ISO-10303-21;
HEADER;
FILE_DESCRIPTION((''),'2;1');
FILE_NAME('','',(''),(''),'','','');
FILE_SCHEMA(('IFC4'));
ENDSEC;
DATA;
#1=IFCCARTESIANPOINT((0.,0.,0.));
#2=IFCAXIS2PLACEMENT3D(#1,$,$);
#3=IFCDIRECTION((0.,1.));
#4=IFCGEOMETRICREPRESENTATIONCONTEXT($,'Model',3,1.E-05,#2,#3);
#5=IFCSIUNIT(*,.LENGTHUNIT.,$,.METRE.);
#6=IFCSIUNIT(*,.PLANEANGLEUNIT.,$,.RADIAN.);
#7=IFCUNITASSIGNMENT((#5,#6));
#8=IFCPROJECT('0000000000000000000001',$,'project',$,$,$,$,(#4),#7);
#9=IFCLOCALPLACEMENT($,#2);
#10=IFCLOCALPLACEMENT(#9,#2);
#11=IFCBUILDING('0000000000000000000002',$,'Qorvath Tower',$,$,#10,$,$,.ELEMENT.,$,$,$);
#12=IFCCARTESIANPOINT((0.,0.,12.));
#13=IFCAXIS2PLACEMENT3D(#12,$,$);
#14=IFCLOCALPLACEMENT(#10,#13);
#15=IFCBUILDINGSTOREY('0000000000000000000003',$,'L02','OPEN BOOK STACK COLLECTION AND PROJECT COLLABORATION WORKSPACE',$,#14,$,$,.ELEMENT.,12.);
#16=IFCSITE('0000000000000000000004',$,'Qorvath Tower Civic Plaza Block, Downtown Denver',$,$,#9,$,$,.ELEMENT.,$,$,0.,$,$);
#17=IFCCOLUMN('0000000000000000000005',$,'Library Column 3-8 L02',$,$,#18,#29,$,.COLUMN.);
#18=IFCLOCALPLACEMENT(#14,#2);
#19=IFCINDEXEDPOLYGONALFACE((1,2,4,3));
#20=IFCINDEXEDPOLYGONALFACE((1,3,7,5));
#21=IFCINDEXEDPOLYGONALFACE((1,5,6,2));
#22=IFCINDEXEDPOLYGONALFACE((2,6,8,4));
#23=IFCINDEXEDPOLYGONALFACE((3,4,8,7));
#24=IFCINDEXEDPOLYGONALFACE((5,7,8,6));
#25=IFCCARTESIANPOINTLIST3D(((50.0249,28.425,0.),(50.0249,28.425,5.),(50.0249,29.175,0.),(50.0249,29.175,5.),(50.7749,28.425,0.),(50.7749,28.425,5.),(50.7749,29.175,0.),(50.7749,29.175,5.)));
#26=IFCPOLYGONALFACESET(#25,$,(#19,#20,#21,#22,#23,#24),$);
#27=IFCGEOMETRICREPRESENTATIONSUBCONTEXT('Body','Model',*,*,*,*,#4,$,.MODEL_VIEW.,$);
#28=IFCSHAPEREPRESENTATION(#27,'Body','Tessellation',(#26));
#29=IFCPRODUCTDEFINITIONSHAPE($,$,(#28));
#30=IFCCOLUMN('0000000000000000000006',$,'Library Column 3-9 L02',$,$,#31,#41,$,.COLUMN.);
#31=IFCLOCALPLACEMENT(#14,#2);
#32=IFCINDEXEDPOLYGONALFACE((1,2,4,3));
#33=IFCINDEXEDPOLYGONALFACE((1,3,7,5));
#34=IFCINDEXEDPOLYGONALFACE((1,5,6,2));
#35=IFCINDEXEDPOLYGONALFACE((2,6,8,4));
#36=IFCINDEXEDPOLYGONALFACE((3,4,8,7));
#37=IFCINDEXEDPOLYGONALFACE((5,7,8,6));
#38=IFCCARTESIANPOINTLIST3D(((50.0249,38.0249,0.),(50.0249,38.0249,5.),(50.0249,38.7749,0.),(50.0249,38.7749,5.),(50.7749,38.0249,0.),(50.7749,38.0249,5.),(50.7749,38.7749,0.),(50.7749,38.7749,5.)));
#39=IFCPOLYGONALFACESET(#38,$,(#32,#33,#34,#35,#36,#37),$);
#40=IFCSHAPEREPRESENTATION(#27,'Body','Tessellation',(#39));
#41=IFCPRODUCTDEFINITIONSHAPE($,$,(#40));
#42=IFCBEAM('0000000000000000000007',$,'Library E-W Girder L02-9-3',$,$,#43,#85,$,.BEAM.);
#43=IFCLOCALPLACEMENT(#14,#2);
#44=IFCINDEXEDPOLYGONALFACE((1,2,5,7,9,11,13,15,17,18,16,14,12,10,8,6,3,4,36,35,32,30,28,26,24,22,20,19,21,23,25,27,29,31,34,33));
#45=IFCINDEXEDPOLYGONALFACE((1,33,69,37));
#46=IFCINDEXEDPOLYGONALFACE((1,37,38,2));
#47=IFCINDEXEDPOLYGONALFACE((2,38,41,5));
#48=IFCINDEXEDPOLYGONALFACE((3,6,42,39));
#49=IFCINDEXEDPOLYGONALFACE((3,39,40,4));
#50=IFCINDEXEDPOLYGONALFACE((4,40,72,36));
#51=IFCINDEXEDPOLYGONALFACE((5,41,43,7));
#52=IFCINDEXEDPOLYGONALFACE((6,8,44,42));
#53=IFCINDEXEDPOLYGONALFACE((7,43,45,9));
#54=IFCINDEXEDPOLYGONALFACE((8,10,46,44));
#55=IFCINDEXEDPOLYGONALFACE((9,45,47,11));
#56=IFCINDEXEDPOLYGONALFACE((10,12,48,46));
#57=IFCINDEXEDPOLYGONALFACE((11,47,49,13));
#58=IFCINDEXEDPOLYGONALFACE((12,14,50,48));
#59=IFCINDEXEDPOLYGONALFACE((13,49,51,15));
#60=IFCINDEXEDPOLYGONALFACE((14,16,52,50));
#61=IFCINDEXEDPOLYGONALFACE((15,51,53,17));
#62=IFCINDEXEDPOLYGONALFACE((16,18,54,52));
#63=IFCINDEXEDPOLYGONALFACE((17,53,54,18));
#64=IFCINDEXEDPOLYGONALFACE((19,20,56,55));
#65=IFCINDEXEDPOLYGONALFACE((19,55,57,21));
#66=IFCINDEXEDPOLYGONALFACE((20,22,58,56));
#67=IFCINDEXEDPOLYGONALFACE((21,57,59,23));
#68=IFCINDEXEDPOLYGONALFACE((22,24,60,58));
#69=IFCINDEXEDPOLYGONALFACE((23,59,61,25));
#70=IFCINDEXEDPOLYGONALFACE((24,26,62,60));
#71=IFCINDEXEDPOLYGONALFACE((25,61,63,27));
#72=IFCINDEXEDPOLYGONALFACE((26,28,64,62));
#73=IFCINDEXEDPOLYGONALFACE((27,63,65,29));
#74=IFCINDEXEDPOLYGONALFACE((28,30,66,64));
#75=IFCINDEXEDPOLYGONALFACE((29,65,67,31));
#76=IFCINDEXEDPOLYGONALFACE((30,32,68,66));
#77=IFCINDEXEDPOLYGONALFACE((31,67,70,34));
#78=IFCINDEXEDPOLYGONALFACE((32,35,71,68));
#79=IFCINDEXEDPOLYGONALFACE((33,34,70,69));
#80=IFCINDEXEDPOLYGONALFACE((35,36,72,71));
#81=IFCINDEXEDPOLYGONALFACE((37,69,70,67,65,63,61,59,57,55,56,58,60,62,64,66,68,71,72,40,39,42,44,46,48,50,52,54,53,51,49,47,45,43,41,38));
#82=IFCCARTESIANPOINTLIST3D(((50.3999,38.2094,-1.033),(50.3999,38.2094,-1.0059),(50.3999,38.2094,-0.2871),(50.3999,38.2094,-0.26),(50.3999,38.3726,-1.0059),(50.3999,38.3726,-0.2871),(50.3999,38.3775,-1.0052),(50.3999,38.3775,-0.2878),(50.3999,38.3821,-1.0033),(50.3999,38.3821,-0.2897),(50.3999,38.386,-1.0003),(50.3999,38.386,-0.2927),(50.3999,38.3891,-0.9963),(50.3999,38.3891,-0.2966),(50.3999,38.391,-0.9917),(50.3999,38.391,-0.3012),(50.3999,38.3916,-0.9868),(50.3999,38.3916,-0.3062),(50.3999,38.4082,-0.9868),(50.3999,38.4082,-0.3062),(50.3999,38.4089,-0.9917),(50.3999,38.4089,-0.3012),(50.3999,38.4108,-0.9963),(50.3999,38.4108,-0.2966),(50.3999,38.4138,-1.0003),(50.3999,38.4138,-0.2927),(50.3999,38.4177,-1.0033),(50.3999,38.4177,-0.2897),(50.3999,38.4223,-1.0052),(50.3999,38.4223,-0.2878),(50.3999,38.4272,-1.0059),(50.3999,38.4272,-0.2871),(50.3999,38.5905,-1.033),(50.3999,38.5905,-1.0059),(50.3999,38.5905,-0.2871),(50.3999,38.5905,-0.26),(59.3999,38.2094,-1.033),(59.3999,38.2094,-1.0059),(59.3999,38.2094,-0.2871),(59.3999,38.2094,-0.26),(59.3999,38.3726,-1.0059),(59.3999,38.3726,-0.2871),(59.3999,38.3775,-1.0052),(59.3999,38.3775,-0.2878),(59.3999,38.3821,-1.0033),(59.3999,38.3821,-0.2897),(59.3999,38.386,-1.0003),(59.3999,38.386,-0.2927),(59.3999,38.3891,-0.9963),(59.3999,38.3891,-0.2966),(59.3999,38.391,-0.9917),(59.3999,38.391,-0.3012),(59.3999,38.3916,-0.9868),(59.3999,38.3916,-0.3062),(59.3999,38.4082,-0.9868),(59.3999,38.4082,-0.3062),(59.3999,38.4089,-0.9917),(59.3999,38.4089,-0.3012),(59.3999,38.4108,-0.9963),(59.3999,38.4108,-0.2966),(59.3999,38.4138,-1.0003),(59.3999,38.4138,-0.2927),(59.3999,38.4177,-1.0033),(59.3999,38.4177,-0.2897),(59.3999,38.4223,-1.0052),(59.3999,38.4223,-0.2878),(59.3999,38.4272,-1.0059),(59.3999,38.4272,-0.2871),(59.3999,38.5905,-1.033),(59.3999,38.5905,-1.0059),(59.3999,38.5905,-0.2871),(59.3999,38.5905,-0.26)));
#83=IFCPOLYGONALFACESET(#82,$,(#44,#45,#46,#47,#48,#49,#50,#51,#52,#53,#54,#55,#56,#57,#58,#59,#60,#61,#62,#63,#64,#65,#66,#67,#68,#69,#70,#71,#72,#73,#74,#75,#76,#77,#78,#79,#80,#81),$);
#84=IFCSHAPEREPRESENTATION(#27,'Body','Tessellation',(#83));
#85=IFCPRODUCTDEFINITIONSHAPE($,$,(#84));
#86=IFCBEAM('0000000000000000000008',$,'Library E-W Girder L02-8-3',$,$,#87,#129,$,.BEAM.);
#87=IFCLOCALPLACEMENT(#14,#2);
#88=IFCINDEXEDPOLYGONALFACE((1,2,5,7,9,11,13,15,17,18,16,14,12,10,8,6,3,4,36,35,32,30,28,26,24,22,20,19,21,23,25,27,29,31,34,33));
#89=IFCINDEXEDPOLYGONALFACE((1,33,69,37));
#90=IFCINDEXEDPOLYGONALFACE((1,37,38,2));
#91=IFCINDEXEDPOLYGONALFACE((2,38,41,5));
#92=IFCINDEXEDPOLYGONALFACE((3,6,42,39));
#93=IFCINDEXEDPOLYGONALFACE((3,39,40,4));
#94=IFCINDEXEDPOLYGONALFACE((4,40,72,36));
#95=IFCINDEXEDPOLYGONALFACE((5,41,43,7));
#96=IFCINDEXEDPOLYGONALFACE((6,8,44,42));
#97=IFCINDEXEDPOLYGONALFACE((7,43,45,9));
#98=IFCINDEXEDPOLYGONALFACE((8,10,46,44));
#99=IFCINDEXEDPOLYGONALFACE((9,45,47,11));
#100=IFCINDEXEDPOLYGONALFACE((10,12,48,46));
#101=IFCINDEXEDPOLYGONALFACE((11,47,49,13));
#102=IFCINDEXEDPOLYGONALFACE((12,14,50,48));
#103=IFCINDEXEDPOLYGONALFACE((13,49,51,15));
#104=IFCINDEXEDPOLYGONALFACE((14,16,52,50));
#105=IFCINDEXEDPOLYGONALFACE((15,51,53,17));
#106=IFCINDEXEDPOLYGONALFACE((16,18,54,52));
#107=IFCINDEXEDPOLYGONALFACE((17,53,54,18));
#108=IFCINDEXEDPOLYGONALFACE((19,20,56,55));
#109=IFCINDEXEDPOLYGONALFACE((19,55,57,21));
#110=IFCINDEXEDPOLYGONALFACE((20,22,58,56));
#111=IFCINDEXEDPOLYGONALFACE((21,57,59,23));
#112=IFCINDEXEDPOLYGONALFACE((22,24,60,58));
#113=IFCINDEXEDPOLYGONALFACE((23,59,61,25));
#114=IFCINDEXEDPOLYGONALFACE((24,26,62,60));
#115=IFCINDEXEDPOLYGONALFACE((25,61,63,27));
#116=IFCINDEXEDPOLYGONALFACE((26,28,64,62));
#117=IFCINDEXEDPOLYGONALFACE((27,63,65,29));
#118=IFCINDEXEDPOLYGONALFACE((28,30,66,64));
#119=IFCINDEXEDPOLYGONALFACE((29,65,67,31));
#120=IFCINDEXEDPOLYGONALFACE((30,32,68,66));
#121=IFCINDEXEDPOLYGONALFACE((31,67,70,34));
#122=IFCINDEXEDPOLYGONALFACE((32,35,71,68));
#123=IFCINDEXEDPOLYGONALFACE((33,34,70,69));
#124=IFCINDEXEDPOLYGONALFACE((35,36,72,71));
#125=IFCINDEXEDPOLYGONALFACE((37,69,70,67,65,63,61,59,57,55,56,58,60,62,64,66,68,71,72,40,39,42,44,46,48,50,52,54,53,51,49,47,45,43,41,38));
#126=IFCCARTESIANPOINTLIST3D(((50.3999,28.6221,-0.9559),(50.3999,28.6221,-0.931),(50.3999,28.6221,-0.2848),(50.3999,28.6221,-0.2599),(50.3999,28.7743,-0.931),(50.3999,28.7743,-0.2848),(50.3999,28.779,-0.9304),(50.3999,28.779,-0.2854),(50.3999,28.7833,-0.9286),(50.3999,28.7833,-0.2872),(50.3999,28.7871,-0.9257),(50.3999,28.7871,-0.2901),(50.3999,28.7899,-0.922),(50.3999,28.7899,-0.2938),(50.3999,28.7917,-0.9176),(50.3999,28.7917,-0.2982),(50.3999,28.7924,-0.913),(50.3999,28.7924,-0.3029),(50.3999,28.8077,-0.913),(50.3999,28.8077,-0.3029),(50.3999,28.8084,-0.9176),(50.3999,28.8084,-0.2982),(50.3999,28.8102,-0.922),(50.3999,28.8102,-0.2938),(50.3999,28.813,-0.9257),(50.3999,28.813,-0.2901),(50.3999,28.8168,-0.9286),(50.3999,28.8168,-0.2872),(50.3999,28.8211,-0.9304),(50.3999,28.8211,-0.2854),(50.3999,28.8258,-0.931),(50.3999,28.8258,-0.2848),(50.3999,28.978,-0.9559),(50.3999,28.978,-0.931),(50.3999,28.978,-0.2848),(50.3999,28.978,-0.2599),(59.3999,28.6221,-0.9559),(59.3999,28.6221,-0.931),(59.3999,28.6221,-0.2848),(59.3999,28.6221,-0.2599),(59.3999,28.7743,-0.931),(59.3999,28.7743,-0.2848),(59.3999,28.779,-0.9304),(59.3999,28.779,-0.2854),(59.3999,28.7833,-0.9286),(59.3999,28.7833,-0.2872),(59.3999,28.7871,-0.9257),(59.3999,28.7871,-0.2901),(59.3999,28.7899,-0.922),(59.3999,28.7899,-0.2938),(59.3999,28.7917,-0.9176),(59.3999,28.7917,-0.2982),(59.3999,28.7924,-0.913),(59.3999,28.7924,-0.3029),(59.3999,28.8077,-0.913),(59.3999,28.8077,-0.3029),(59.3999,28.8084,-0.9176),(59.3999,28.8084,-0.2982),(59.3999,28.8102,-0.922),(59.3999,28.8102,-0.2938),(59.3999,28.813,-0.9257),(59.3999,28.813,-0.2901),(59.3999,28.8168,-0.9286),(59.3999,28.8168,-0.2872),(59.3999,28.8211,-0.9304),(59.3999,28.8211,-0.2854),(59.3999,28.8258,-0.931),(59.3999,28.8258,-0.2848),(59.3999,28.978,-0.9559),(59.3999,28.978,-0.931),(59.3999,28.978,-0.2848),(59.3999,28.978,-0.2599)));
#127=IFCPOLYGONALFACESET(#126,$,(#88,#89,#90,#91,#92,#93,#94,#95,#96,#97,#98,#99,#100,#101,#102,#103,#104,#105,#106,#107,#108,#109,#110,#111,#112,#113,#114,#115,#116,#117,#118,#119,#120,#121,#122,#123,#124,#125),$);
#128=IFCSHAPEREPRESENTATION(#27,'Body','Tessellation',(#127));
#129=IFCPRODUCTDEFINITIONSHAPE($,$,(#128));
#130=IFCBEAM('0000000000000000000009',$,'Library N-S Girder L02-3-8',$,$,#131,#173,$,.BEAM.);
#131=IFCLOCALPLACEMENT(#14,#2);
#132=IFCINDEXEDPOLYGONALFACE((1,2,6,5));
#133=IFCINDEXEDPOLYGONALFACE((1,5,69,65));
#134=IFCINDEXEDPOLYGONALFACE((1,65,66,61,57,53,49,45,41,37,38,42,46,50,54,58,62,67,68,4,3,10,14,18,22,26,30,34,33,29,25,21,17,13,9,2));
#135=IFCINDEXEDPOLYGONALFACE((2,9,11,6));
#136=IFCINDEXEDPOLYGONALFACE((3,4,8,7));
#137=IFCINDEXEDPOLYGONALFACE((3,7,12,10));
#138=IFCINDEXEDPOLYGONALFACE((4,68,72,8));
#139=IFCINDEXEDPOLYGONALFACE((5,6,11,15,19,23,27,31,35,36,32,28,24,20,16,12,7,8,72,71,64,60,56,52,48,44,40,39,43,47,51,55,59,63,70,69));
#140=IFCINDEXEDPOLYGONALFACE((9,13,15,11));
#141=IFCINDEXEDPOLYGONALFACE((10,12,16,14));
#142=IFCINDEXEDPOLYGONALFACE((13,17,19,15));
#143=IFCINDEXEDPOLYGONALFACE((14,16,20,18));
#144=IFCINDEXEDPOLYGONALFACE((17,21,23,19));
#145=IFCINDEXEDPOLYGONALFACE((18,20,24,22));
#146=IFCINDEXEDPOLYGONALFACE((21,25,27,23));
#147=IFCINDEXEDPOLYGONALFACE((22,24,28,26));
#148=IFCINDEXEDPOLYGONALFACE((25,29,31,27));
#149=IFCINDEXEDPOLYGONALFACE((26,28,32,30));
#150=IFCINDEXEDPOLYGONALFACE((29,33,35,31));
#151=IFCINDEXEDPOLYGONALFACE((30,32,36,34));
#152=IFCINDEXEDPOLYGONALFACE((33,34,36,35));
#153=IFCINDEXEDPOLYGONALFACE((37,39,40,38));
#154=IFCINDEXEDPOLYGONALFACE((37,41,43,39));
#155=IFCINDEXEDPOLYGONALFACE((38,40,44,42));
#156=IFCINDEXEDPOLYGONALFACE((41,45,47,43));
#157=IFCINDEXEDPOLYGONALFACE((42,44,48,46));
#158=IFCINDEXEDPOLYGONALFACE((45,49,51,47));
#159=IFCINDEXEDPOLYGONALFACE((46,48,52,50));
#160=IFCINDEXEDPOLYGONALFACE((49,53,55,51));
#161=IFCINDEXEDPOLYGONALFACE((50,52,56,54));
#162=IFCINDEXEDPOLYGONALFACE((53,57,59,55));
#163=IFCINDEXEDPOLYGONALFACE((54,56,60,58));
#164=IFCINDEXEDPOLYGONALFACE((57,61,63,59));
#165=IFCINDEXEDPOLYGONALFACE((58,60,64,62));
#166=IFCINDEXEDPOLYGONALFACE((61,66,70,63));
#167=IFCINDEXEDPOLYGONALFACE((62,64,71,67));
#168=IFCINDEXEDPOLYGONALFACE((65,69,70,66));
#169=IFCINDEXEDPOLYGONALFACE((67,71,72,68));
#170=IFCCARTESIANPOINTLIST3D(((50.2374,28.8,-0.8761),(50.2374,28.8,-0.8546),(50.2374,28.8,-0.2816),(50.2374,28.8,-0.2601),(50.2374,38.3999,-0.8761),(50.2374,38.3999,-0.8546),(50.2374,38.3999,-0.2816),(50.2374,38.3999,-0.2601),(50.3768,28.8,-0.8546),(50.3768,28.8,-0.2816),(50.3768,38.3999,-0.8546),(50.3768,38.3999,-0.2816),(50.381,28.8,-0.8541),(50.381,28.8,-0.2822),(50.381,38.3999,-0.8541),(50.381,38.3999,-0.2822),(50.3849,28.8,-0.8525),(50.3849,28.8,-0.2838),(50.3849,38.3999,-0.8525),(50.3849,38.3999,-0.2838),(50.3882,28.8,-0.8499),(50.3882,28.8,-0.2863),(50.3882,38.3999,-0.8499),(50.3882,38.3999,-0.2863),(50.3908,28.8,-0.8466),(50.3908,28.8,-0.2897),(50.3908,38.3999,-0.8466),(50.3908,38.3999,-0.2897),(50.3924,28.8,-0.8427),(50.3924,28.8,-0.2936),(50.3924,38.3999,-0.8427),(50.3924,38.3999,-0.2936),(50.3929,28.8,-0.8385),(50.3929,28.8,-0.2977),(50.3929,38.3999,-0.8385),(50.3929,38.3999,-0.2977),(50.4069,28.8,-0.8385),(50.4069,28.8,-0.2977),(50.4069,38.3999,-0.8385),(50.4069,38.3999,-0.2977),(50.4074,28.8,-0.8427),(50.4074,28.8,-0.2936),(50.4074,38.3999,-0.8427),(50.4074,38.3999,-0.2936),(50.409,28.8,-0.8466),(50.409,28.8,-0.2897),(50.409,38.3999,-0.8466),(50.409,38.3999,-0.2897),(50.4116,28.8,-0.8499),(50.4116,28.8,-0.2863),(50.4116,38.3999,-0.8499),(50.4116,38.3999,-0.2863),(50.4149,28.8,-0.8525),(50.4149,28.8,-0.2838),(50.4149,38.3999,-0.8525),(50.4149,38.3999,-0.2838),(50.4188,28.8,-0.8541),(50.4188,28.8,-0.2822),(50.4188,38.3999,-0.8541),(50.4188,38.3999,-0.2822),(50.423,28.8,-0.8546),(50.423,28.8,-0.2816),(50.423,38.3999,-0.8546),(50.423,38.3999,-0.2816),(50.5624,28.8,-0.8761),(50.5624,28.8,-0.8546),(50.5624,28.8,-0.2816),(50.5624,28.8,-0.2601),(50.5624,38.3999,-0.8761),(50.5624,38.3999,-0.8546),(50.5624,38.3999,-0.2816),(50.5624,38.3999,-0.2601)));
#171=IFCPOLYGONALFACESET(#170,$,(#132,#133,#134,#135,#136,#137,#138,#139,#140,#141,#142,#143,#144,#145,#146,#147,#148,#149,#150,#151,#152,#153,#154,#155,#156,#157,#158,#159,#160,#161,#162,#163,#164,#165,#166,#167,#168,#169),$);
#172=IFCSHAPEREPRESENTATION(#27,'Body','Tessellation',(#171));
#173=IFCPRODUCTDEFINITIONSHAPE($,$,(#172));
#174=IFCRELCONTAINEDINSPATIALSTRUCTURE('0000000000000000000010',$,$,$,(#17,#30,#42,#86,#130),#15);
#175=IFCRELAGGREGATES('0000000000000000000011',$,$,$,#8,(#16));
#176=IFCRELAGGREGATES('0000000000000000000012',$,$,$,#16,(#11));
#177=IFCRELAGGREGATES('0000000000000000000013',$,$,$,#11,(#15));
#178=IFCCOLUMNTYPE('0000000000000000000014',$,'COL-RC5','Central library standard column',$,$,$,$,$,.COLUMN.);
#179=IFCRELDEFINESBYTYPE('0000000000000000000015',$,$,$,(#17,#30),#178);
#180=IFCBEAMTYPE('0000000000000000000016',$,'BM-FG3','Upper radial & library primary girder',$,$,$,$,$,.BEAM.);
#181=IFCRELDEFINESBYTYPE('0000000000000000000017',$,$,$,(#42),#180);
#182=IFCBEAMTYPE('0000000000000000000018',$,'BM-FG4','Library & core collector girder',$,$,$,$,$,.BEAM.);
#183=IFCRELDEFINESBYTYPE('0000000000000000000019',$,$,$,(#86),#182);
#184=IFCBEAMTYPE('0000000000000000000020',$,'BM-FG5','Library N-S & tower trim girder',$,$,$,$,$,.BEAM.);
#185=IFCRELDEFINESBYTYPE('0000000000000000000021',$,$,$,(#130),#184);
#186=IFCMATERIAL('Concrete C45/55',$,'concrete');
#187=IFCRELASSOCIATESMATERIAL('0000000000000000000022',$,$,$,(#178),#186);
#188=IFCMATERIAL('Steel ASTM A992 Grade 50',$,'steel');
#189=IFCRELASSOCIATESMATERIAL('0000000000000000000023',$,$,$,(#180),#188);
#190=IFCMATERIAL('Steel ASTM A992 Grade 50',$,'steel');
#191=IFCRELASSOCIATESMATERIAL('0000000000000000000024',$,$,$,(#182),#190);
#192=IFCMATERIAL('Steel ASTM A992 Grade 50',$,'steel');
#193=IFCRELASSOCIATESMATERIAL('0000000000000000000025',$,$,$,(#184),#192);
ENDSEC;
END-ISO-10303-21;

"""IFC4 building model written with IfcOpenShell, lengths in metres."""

from ifc_helpers import new_model, si_unit, direction, frame, origin, origin_2d, place, context, subcontext, project, spatial, rectangle, i_section, extrude, material, material_profile, profile_set, type_object, element, save


model = new_model("IFC4")

# Units and contexts
model_context = context("Model", 3, precision=1e-05, world=origin(), true_north=direction((0.0, 1.0)))
body_context = subcontext(model_context, "Body", "Model", "MODEL_VIEW")
ifc_project = project(units=[si_unit("LENGTHUNIT", "METRE"), si_unit("PLANEANGLEUNIT", "RADIAN")], contexts=[model_context])

# Site, building, storey
site_placement = place(None, origin())
site = spatial("IfcSite", under=ifc_project, at=site_placement, Name="Qorvath Tower Civic Plaza Block, Downtown Denver", CompositionType="ELEMENT", RefElevation=0.0)
building_placement = place(site_placement, origin())
building = spatial("IfcBuilding", under=site, at=building_placement, Name="Qorvath Tower", CompositionType="ELEMENT")
storey_placement = place(building_placement, frame((0.0, 0.0, 12.0)))
storey = spatial("IfcBuildingStorey", under=building, at=storey_placement, Name="L02", Description="OPEN BOOK STACK COLLECTION AND PROJECT COLLABORATION WORKSPACE", CompositionType="ELEMENT", Elevation=12.0)

# Columns
ifc_material_1 = material(Name="Concrete C45/55", Category="concrete")
ifc_material_profile_1 = material_profile(ifc_material_1, rectangle(XDim=0.75, YDim=0.75, at=origin_2d()), Name="RC 750x750")
ifc_profile_set_1 = profile_set([ifc_material_profile_1], Name="Concrete C45/55")
column_type = type_object("IfcColumnType", Name="COL-RC5", Description="Central library standard column", PredefinedType="COLUMN", material=ifc_profile_set_1)
for number, where, z_axis, x_axis, name in (
    (1, (50.3999, 28.8, 0.0), (0.0, 0.0, 1.0), (1.0, 0.0, 0.0), "Library Column 3-8 L02"),
    (2, (50.3999, 38.3999, 0.0), (0.0, 0.0, 1.0), (1.0, 0.0, 0.0), "Library Column 3-9 L02"),
):
    element("IfcColumn", number, at=place(storey_placement, frame(where, z_axis=z_axis, x_axis=x_axis)), inside=storey, type_object=column_type, Name=name, PredefinedType="COLUMN", context=body_context, shape_type="SweptSolid", body=[
        extrude(rectangle(XDim=0.75, YDim=0.75, at=origin_2d()), origin(), (0.0, 0.0, 1.0), 5.0),
    ])

# Beams
ifc_material_2 = material(Name="Steel ASTM A992 Grade 50", Category="steel")
ifc_material_profile_2 = material_profile(ifc_material_2, i_section(OverallWidth=0.3811, OverallDepth=0.7729, WebThickness=0.0166, FlangeThickness=0.0271, FilletRadius=0.019, at=origin_2d()), Name="W30x173")
ifc_profile_set_2 = profile_set([ifc_material_profile_2], Name="Steel ASTM A992 Grade 50")
beam_type_1 = type_object("IfcBeamType", Name="BM-FG3", Description="Upper radial & library primary girder", PredefinedType="BEAM", material=ifc_profile_set_2)
beam_1_placement = place(storey_placement, frame((50.3999, 38.3999, -0.6465), z_axis=(1.0, 0.0, 0.0), x_axis=(0.0, 1.0, 0.0)))
element("IfcBeam", 3, at=beam_1_placement, inside=storey, type_object=beam_type_1, Name="Library E-W Girder L02-9-3", PredefinedType="BEAM", context=body_context, shape_type="SweptSolid", body=[
    extrude(i_section(OverallWidth=0.3811, OverallDepth=0.7729, WebThickness=0.0166, FlangeThickness=0.0271, FilletRadius=0.019, at=origin_2d()), origin(), (0.0, 0.0, 1.0), 9.0),
])
ifc_material_3 = material(Name="Steel ASTM A992 Grade 50", Category="steel")
ifc_material_profile_3 = material_profile(ifc_material_3, i_section(OverallWidth=0.356, OverallDepth=0.696, WebThickness=0.0154, FlangeThickness=0.0249, FilletRadius=0.0181, at=origin_2d()), Name="W27x146")
ifc_profile_set_3 = profile_set([ifc_material_profile_3], Name="Steel ASTM A992 Grade 50")
beam_type_2 = type_object("IfcBeamType", Name="BM-FG4", Description="Library & core collector girder", PredefinedType="BEAM", material=ifc_profile_set_3)
beam_2_placement = place(storey_placement, frame((50.3999, 28.8, -0.6079), z_axis=(1.0, 0.0, 0.0), x_axis=(0.0, 1.0, 0.0)))
element("IfcBeam", 4, at=beam_2_placement, inside=storey, type_object=beam_type_2, Name="Library E-W Girder L02-8-3", PredefinedType="BEAM", context=body_context, shape_type="SweptSolid", body=[
    extrude(i_section(OverallWidth=0.356, OverallDepth=0.696, WebThickness=0.0154, FlangeThickness=0.0249, FilletRadius=0.0181, at=origin_2d()), origin(), (0.0, 0.0, 1.0), 9.0),
])
ifc_material_4 = material(Name="Steel ASTM A992 Grade 50", Category="steel")
ifc_material_profile_4 = material_profile(ifc_material_4, i_section(OverallWidth=0.325, OverallDepth=0.616, WebThickness=0.0139, FlangeThickness=0.0215, FilletRadius=0.0161, at=origin_2d()), Name="W24x117")
ifc_profile_set_4 = profile_set([ifc_material_profile_4], Name="Steel ASTM A992 Grade 50")
beam_type_3 = type_object("IfcBeamType", Name="BM-FG5", Description="Library N-S & tower trim girder", PredefinedType="BEAM", material=ifc_profile_set_4)
beam_3_placement = place(storey_placement, frame((50.3999, 28.8, -0.5681), z_axis=(0.0, 1.0, 0.0), x_axis=(-1.0, 0.0, 0.0)))
element("IfcBeam", 5, at=beam_3_placement, inside=storey, type_object=beam_type_3, Name="Library N-S Girder L02-3-8", PredefinedType="BEAM", context=body_context, shape_type="SweptSolid", body=[
    extrude(i_section(OverallWidth=0.325, OverallDepth=0.616, WebThickness=0.0139, FlangeThickness=0.0215, FilletRadius=0.0161, at=origin_2d()), origin(), (0.0, 0.0, 1.0), 9.5999),
])

save(model, "model.ifc")
